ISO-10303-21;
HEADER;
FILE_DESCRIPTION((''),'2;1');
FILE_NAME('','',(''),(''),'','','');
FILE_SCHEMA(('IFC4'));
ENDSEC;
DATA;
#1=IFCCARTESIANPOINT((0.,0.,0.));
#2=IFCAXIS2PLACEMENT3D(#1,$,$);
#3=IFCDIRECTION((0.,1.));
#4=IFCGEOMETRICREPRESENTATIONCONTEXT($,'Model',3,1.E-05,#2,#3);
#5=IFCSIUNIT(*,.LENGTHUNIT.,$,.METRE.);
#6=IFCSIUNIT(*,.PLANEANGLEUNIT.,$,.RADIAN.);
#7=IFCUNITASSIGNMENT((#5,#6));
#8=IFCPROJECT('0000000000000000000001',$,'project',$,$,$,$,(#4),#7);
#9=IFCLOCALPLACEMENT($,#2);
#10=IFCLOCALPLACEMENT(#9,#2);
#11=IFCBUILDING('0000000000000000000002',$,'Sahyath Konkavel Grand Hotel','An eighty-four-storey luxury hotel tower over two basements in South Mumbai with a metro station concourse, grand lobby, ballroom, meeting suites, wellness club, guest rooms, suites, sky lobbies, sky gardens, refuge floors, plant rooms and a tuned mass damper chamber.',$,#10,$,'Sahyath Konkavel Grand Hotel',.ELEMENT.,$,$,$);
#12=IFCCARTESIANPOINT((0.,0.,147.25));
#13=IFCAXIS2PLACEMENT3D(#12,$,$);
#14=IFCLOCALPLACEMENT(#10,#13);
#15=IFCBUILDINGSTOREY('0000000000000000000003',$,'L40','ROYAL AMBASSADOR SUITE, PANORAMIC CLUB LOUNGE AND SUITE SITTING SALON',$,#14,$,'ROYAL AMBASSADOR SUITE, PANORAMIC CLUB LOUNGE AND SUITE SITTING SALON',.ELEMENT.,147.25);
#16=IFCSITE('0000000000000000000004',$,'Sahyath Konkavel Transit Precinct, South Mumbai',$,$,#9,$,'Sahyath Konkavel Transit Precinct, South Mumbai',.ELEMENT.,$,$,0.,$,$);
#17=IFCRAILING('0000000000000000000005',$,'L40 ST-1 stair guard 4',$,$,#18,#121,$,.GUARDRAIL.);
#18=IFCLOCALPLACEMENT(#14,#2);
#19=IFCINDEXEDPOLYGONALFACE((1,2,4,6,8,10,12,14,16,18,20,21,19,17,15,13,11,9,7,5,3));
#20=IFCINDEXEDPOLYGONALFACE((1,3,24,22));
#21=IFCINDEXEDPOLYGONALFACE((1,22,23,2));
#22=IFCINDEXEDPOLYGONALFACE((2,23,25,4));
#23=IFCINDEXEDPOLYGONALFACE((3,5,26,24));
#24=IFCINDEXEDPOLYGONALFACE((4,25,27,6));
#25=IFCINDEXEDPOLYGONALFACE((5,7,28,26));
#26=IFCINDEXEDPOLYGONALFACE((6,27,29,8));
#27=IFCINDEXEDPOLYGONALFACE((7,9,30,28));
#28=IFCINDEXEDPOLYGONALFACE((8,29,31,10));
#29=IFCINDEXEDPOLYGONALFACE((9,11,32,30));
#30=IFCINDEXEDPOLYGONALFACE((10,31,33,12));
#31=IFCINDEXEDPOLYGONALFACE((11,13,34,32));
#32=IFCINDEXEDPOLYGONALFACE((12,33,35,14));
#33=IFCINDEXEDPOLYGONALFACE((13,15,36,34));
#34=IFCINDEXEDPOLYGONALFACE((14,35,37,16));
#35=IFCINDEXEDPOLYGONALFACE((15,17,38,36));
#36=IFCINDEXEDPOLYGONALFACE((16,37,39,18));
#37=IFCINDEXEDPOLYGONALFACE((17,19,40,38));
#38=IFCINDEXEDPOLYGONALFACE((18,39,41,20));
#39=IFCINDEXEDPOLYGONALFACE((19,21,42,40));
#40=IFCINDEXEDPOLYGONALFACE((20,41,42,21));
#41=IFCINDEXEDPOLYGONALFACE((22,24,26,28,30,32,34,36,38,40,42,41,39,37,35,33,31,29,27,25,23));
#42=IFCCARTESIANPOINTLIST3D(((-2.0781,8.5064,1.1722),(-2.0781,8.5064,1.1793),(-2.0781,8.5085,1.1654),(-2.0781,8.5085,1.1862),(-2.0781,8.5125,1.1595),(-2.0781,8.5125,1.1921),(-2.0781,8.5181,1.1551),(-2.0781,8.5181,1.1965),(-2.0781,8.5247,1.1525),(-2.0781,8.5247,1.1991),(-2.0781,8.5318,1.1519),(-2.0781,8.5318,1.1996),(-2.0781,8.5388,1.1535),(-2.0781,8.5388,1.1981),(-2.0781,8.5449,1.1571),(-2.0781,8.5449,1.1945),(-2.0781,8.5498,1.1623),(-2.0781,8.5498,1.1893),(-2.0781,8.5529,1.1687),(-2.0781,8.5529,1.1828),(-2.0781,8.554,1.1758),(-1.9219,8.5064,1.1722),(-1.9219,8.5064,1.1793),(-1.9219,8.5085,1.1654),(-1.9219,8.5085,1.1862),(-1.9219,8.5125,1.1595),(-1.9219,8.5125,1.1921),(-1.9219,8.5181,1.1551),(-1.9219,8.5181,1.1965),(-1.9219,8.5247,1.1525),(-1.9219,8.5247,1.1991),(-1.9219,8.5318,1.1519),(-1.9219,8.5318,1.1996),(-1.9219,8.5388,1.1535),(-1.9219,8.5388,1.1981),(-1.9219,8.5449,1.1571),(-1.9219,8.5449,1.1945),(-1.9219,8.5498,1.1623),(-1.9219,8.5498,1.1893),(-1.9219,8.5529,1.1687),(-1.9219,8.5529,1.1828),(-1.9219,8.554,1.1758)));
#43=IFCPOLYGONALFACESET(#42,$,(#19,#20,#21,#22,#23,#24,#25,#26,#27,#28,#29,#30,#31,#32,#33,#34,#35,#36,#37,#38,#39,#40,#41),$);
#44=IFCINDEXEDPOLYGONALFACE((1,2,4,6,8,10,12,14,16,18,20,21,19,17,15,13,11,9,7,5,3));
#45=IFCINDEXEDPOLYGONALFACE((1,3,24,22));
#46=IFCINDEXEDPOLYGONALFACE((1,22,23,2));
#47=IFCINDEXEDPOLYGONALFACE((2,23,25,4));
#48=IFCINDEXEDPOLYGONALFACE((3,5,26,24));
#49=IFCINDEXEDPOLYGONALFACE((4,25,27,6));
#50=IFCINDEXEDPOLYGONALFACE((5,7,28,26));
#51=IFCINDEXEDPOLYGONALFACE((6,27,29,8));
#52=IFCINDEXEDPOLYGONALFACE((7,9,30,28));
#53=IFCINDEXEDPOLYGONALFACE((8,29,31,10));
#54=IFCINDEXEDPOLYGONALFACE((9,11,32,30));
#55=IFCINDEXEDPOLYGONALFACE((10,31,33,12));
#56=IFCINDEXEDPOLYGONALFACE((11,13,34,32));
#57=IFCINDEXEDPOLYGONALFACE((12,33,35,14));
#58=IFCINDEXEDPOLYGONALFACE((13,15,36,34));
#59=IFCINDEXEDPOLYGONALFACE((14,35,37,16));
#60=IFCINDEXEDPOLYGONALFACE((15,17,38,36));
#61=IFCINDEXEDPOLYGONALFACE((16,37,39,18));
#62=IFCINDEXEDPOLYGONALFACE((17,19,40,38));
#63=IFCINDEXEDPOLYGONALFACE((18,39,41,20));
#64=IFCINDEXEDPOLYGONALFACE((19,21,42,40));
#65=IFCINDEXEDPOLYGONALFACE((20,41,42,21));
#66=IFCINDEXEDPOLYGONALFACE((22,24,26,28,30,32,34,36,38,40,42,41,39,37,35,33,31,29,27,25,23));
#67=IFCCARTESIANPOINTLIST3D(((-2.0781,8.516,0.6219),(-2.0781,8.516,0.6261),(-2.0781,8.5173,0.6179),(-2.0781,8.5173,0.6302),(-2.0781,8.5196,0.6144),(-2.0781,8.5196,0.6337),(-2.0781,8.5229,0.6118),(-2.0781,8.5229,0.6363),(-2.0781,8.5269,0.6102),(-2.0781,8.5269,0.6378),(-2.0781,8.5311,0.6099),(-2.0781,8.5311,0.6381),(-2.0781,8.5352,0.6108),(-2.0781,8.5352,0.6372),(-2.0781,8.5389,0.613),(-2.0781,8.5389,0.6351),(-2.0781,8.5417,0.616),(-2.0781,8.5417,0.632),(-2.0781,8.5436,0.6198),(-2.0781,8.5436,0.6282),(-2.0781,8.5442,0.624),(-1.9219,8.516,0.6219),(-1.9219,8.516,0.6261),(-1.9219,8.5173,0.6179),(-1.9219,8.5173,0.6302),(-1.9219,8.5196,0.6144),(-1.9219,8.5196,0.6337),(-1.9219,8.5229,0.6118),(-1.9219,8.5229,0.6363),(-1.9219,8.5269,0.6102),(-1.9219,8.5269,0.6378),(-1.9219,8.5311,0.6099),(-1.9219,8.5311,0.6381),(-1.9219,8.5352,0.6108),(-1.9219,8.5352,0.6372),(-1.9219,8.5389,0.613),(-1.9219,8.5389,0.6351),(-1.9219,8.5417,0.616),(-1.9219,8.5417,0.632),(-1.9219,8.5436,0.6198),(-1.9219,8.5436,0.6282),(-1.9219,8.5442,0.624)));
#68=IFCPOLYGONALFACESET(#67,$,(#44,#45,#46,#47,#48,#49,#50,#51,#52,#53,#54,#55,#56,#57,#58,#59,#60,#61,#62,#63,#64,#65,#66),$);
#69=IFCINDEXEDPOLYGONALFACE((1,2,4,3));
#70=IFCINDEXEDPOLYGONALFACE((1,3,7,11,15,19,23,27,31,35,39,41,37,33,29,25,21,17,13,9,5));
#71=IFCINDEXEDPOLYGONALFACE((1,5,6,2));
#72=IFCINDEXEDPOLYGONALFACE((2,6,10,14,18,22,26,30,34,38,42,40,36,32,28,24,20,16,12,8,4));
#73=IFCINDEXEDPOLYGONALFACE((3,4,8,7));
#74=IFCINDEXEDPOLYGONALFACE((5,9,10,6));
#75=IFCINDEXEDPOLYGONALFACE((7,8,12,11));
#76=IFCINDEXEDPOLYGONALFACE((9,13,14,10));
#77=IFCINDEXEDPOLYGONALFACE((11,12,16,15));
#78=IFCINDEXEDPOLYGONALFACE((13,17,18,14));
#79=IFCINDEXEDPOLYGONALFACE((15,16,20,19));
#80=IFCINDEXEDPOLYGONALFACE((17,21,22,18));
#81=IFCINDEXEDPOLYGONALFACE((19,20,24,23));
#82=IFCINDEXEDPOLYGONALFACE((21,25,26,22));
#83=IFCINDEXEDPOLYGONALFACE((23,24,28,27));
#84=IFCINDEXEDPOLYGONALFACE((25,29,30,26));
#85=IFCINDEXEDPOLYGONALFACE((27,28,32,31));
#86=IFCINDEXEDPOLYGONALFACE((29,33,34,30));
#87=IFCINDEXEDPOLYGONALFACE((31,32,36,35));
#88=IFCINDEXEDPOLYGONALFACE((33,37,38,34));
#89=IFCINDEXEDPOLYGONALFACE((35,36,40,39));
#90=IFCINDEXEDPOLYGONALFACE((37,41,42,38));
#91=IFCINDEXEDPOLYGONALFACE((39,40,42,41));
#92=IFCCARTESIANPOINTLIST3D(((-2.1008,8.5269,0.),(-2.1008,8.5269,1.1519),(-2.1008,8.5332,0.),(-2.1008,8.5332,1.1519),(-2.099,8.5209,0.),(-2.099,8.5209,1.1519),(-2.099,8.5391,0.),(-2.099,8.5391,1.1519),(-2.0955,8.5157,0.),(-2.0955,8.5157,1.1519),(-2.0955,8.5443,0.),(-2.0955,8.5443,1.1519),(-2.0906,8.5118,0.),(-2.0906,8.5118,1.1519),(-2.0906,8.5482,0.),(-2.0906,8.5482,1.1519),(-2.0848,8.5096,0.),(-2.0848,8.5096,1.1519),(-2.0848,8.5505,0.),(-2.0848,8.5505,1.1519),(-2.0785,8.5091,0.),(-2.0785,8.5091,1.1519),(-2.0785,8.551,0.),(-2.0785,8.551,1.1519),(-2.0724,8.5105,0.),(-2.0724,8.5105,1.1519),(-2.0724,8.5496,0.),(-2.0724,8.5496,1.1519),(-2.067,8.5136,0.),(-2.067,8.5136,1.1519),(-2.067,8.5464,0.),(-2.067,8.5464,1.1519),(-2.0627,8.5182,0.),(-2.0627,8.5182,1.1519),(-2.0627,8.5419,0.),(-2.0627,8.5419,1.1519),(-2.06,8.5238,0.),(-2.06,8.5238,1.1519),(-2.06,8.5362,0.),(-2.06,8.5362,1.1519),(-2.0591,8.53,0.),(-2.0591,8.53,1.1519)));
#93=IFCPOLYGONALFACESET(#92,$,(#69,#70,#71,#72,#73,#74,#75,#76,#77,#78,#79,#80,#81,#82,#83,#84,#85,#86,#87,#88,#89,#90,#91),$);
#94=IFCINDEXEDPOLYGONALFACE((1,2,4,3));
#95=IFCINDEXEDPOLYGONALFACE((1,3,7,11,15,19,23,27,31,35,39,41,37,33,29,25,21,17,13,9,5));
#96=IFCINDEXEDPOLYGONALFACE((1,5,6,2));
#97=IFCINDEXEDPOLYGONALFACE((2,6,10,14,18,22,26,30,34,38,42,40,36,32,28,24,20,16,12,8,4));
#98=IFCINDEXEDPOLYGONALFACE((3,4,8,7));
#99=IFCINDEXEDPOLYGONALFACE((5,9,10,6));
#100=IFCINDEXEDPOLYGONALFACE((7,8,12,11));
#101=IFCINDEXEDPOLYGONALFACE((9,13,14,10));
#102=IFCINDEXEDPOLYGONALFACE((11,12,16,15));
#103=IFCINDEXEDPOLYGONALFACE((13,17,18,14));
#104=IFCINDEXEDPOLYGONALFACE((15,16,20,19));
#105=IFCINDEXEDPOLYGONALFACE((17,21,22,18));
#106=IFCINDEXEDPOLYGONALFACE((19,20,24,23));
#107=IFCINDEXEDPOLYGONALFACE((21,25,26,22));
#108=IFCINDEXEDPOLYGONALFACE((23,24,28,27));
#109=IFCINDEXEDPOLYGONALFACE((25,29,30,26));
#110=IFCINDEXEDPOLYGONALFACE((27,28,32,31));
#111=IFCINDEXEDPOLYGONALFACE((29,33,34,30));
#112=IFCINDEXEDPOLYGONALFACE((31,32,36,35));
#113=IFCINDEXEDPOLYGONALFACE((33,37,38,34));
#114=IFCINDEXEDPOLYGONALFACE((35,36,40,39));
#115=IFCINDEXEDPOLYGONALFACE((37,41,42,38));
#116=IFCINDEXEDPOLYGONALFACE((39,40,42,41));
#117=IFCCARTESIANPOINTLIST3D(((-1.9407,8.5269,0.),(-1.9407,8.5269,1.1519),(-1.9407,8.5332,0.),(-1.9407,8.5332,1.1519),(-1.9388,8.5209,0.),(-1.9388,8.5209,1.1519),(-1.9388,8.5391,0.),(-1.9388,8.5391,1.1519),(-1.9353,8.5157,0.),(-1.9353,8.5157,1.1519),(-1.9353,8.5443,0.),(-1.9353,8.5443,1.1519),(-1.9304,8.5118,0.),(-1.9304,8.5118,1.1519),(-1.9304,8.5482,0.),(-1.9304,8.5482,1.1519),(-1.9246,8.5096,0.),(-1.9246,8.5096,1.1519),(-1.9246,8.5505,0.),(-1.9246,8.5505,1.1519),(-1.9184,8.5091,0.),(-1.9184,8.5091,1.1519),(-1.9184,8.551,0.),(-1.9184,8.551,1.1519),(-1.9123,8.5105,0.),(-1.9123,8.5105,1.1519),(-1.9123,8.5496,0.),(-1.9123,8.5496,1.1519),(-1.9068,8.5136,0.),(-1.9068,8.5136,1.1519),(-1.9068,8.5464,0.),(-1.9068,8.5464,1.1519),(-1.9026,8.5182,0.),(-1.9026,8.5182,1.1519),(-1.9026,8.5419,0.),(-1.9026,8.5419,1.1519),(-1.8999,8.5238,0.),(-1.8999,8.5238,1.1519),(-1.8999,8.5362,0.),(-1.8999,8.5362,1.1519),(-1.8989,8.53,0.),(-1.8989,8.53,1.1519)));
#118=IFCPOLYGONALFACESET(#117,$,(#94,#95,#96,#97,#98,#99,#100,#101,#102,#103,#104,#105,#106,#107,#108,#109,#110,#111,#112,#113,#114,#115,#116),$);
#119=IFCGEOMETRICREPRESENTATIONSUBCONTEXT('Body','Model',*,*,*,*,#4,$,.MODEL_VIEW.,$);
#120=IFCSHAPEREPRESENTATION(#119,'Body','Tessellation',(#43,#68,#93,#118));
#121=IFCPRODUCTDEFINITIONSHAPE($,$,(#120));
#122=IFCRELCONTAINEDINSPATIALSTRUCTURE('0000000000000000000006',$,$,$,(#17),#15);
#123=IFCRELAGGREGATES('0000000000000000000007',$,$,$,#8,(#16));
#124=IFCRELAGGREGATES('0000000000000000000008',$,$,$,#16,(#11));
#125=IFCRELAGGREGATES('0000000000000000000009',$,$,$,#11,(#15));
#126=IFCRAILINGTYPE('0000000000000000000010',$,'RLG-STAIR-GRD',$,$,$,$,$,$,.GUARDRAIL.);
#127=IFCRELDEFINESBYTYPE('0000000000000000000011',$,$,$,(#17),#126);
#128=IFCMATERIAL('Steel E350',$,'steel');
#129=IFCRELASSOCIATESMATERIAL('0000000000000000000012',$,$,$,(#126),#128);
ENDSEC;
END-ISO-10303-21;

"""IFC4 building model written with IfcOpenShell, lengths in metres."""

from ifc_helpers import new_model, si_unit, direction, frame, origin, origin_2d, place, context, subcontext, project, spatial, circle, extrude, material, type_object, element, save


model = new_model("IFC4")

# Units and contexts
model_context = context("Model", 3, precision=1e-05, world=origin(), true_north=direction((0.0, 1.0)))
body_context = subcontext(model_context, "Body", "Model", "MODEL_VIEW")
ifc_project = project(units=[si_unit("LENGTHUNIT", "METRE"), si_unit("PLANEANGLEUNIT", "RADIAN")], contexts=[model_context])

# Site, building, storey
site_placement = place(None, origin())
site = spatial("IfcSite", under=ifc_project, at=site_placement, Name="Sahyath Konkavel Transit Precinct, South Mumbai", LongName="Sahyath Konkavel Transit Precinct, South Mumbai", CompositionType="ELEMENT", RefElevation=0.0)
building_placement = place(site_placement, origin())
building = spatial("IfcBuilding", under=site, at=building_placement, Name="Sahyath Konkavel Grand Hotel", Description="An eighty-four-storey luxury hotel tower over two basements in South Mumbai with a metro station concourse, grand lobby, ballroom, meeting suites, wellness club, guest rooms, suites, sky lobbies, sky gardens, refuge floors, plant rooms and a tuned mass damper chamber.", LongName="Sahyath Konkavel Grand Hotel", CompositionType="ELEMENT")
storey_placement = place(building_placement, frame((0.0, 0.0, 147.25)))
storey = spatial("IfcBuildingStorey", under=building, at=storey_placement, Name="L40", Description="ROYAL AMBASSADOR SUITE, PANORAMIC CLUB LOUNGE AND SUITE SITTING SALON", LongName="ROYAL AMBASSADOR SUITE, PANORAMIC CLUB LOUNGE AND SUITE SITTING SALON", CompositionType="ELEMENT", Elevation=147.25)

# Shared definitions
ifc_material_1 = material(Name="Steel E350", Category="steel")

# Railing
railing_type_1 = type_object("IfcRailingType", Name="RLG-STAIR-GRD", PredefinedType="GUARDRAIL", material=ifc_material_1)
railing_1_placement = place(storey_placement, frame((-2.0801, 8.53, 0.0)))
element("IfcRailing", 1, at=railing_1_placement, inside=storey, type_object=railing_type_1, Name="L40 ST-1 stair guard 4", PredefinedType="GUARDRAIL", context=body_context, shape_type="SweptSolid", body=[
    extrude(circle(Radius=0.0239, at=origin_2d()), frame((0.002, 0.0, 1.1758), z_axis=(1.0, 0.0, 0.0), x_axis=(0.0, 1.0, 0.0)), (0.0, 0.0, 1.0), 0.1562),
    extrude(circle(Radius=0.0142, at=origin_2d()), frame((0.002, 0.0, 0.624), z_axis=(1.0, 0.0, 0.0), x_axis=(0.0, 1.0, 0.0)), (0.0, 0.0, 1.0), 0.1562),
    extrude(circle(Radius=0.021, at=origin_2d()), origin(), (0.0, 0.0, 1.0), 1.1519),
    extrude(circle(Radius=0.021, at=origin_2d()), frame((0.1602, 0.0, 0.0)), (0.0, 0.0, 1.0), 1.1519),
])

save(model, "model.ifc")
